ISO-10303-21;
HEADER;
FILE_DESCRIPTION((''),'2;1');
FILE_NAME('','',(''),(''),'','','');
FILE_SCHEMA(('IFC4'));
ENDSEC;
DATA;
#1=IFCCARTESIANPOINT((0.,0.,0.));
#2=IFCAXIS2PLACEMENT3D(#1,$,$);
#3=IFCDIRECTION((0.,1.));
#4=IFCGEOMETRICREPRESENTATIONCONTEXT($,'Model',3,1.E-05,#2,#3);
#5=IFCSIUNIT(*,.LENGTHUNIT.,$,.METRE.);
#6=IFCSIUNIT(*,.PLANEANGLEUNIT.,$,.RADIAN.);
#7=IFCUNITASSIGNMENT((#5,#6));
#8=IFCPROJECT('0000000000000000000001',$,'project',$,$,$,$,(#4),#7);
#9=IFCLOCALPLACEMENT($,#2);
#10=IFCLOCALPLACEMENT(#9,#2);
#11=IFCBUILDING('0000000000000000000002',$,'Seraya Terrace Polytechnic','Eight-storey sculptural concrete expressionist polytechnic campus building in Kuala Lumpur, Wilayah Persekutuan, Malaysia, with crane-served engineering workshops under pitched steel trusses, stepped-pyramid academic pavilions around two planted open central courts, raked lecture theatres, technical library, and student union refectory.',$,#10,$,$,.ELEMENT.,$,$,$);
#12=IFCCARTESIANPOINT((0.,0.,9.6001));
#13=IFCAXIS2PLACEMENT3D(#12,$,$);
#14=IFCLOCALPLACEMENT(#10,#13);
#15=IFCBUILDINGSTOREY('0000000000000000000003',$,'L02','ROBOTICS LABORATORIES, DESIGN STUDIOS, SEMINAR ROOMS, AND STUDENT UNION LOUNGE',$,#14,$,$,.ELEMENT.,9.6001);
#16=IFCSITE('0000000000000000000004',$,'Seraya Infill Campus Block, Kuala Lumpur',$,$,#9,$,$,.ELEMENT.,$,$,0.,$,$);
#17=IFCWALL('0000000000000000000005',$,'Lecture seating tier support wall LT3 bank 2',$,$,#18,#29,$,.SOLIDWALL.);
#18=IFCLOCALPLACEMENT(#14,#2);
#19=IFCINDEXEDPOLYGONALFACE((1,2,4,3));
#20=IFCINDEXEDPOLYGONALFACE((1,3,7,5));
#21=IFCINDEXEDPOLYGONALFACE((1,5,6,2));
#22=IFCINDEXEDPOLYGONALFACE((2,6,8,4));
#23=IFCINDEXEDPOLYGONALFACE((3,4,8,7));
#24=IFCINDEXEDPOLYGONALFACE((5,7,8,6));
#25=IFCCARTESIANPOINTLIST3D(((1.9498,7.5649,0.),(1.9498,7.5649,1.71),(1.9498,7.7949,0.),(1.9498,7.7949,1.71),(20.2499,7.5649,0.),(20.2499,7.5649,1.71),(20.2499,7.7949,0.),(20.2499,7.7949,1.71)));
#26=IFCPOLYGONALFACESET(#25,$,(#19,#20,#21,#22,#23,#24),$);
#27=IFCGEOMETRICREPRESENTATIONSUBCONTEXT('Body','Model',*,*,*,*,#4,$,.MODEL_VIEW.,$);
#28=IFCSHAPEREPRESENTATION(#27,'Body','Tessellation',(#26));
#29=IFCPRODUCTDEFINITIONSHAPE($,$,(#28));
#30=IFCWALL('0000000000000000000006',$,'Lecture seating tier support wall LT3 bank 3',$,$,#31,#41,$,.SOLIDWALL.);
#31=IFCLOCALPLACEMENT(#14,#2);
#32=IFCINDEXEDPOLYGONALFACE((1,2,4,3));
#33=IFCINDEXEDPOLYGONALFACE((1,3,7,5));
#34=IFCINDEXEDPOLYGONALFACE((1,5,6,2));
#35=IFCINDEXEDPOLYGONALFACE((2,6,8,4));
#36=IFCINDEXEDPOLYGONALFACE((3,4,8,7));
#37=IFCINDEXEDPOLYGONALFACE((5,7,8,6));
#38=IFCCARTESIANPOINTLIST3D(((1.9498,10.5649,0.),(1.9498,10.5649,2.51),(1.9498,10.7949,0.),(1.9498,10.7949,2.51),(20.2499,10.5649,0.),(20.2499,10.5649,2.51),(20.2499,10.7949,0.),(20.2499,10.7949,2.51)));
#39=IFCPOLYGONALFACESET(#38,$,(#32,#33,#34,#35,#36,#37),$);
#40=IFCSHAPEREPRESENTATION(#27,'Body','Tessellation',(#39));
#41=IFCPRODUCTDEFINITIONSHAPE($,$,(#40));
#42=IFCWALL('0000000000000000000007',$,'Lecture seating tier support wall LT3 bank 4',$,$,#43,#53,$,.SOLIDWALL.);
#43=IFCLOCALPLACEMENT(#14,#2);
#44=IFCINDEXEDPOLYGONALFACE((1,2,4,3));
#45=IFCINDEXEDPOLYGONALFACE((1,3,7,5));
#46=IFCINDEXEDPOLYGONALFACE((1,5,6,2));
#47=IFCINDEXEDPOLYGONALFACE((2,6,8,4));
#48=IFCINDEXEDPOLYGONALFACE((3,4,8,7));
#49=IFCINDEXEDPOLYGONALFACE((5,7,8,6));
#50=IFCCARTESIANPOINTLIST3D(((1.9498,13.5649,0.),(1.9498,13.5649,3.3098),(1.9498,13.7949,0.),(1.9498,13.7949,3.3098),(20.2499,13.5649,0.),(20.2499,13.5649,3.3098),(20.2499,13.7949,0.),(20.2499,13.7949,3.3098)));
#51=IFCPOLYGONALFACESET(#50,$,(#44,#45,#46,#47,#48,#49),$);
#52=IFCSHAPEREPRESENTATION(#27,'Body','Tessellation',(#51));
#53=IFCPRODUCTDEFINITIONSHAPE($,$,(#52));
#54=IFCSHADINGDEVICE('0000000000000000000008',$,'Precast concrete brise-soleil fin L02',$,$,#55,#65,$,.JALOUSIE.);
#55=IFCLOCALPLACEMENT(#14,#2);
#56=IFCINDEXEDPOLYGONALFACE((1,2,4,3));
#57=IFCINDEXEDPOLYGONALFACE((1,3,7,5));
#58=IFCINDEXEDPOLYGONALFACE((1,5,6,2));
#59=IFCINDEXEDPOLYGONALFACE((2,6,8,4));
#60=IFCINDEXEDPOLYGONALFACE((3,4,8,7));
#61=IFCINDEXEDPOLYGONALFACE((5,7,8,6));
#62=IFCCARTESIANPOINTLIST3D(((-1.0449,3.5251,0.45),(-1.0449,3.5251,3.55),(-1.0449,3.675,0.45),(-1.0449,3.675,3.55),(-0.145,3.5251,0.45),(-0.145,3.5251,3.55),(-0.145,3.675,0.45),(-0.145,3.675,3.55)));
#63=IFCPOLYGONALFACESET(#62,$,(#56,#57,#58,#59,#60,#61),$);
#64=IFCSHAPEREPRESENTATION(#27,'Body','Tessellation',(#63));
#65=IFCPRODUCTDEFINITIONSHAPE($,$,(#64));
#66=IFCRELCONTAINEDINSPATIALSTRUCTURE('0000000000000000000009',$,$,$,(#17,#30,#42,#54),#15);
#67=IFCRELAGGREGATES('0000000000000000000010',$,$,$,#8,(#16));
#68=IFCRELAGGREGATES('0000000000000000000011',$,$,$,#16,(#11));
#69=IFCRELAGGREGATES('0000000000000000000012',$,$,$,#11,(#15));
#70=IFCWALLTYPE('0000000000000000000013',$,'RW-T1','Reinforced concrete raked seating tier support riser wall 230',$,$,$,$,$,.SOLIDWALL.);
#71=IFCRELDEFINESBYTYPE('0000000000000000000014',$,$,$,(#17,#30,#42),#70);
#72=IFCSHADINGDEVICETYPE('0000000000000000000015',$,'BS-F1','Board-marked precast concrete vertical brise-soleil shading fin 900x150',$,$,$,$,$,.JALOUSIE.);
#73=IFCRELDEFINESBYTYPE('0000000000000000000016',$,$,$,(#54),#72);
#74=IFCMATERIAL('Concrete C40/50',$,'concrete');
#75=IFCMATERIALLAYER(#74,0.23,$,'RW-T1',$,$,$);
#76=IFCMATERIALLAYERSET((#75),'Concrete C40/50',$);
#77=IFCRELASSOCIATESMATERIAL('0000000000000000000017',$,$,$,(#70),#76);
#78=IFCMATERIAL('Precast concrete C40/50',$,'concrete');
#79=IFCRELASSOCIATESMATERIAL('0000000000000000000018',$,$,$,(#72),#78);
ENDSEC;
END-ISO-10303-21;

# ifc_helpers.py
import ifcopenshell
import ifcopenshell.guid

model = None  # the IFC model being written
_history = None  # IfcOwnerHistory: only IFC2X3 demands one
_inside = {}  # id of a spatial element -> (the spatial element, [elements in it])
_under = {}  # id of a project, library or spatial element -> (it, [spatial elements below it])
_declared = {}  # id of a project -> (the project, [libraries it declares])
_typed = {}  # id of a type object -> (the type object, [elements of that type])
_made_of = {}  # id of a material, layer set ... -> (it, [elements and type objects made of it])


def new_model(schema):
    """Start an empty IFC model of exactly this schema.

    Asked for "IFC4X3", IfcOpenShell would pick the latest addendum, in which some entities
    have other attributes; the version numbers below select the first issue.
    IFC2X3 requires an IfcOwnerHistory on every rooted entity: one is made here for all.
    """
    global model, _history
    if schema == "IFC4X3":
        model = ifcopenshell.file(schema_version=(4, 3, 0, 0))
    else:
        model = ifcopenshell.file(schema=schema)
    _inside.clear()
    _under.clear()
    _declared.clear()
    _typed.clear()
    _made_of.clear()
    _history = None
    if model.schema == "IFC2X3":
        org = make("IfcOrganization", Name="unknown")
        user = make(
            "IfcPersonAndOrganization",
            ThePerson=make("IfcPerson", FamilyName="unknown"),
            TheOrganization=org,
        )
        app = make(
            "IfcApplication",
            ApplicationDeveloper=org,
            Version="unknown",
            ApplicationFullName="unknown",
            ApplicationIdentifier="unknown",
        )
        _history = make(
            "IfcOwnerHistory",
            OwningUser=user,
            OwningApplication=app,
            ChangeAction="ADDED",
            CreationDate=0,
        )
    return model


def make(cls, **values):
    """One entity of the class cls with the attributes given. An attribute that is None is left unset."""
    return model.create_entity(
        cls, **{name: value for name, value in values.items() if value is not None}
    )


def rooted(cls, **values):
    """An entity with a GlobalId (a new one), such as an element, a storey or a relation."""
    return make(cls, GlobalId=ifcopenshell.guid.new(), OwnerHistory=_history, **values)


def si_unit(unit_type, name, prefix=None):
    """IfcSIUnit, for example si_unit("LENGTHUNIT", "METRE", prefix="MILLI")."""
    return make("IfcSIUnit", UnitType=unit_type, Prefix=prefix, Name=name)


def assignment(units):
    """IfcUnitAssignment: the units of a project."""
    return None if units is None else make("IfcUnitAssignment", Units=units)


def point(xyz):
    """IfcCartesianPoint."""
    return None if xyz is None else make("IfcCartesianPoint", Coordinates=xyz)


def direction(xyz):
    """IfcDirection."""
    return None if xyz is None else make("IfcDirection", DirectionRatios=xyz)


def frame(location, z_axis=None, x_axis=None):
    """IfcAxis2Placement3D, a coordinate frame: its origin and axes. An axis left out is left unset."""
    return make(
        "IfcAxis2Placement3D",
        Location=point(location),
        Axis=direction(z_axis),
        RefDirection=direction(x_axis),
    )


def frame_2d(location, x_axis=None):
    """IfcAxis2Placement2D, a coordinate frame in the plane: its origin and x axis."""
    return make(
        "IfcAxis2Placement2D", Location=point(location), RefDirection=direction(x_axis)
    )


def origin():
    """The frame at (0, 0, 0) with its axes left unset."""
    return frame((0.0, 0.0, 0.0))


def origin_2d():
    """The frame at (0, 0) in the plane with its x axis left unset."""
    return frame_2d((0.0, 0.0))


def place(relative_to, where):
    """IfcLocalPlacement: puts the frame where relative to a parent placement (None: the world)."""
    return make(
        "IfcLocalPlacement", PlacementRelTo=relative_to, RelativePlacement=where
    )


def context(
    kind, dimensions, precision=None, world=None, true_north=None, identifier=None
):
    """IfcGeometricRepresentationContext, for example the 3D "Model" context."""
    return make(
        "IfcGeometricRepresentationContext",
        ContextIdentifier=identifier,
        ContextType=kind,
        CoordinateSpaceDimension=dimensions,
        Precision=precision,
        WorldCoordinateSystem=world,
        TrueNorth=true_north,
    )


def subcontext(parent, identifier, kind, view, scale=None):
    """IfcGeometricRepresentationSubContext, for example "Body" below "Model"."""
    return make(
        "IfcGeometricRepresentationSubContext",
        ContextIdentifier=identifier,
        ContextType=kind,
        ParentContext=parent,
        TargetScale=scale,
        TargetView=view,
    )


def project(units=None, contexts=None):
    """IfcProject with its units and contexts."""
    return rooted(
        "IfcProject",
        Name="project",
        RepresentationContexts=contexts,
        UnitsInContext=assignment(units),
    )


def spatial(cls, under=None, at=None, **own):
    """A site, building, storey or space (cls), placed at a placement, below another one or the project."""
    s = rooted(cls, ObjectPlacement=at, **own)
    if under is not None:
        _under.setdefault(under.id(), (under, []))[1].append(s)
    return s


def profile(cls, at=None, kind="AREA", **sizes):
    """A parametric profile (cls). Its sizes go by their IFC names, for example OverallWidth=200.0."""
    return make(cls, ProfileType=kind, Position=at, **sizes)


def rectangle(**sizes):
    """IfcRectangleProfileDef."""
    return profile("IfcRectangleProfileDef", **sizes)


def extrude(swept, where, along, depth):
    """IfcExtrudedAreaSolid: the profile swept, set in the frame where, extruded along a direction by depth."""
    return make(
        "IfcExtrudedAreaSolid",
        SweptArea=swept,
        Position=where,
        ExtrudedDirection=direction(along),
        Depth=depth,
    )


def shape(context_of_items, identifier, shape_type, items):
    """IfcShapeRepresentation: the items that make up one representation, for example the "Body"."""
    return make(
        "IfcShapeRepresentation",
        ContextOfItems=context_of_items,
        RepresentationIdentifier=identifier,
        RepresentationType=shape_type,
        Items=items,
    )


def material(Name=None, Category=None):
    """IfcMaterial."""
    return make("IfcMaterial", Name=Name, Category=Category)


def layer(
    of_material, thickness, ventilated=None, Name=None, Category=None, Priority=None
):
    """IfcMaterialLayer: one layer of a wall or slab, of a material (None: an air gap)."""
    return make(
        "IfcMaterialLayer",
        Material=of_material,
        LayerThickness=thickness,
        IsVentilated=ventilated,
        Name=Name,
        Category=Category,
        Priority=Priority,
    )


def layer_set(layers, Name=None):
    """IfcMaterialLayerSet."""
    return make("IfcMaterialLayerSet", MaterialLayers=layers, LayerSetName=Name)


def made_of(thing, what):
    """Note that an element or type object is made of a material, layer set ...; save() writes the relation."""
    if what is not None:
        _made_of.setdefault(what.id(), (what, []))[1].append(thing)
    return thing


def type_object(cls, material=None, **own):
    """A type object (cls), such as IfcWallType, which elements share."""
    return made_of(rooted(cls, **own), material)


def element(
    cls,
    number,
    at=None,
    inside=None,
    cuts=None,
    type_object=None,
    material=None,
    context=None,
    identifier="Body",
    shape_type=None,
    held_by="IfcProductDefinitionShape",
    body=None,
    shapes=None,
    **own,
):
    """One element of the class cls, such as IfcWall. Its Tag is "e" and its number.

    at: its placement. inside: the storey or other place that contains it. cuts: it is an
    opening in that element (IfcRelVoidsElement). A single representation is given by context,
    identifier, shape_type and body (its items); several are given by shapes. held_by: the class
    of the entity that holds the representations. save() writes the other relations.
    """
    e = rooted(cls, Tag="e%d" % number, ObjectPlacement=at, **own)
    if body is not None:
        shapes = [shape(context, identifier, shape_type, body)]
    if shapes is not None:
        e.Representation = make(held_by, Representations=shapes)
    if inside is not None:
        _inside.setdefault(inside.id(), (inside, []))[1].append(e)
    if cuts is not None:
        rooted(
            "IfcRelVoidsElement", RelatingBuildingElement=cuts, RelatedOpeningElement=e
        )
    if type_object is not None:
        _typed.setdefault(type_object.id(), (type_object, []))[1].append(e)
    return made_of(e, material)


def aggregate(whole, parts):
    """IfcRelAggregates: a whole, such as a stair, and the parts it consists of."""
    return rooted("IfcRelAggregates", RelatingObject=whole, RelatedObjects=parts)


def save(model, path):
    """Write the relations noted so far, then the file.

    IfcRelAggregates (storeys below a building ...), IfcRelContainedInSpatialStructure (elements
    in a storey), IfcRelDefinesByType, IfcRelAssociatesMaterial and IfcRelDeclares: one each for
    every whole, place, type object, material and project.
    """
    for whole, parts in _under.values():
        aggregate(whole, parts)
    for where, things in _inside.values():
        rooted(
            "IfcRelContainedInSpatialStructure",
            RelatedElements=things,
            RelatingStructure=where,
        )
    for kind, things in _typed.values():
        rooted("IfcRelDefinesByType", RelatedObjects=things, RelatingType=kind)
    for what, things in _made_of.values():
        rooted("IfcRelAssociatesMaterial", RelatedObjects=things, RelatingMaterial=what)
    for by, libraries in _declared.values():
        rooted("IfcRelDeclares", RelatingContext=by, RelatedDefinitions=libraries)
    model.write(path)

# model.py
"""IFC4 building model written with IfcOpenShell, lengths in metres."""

from ifc_helpers import new_model, si_unit, direction, frame, frame_2d, origin, origin_2d, place, context, subcontext, project, spatial, rectangle, extrude, material, layer, layer_set, type_object, element, save


model = new_model("IFC4")

# Units and contexts
model_context = context("Model", 3, precision=1e-05, world=origin(), true_north=direction((0.0, 1.0)))
body_context = subcontext(model_context, "Body", "Model", "MODEL_VIEW")
ifc_project = project(units=[si_unit("LENGTHUNIT", "METRE"), si_unit("PLANEANGLEUNIT", "RADIAN")], contexts=[model_context])

# Site, building, storey
site_placement = place(None, origin())
site = spatial("IfcSite", under=ifc_project, at=site_placement, Name="Seraya Infill Campus Block, Kuala Lumpur", CompositionType="ELEMENT", RefElevation=0.0)
building_placement = place(site_placement, origin())
building = spatial("IfcBuilding", under=site, at=building_placement, Name="Seraya Terrace Polytechnic", Description="Eight-storey sculptural concrete expressionist polytechnic campus building in Kuala Lumpur, Wilayah Persekutuan, Malaysia, with crane-served engineering workshops under pitched steel trusses, stepped-pyramid academic pavilions around two planted open central courts, raked lecture theatres, technical library, and student union refectory.", CompositionType="ELEMENT")
storey_placement = place(building_placement, frame((0.0, 0.0, 9.6001)))
storey = spatial("IfcBuildingStorey", under=building, at=storey_placement, Name="L02", Description="ROBOTICS LABORATORIES, DESIGN STUDIOS, SEMINAR ROOMS, AND STUDENT UNION LOUNGE", CompositionType="ELEMENT", Elevation=9.6001)

# Shared definitions
ifc_material_1 = material(Name="Concrete C40/50", Category="concrete")

# Shared definitions
ifc_material_2 = material(Name="Precast concrete C40/50", Category="concrete")

# Walls
ifc_layer_1 = layer(ifc_material_1, 0.23, Name="RW-T1")
ifc_layer_set_1 = layer_set([ifc_layer_1], Name="Concrete C40/50")
wall_type_1 = type_object("IfcWallType", Name="RW-T1", Description="Reinforced concrete raked seating tier support riser wall 230", PredefinedType="SOLIDWALL", material=ifc_layer_set_1)
wall_1_placement = place(storey_placement, frame((1.95, 7.6799, 0.0), z_axis=(0.0, 0.0, 1.0), x_axis=(1.0, 0.0, 0.0)))
element("IfcWall", 1, at=wall_1_placement, inside=storey, type_object=wall_type_1, Name="Lecture seating tier support wall LT3 bank 2", PredefinedType="SOLIDWALL", context=body_context, shape_type="SweptSolid", body=[
    extrude(rectangle(XDim=18.3, YDim=0.23, at=frame_2d((9.1499, 0.0))), origin(), (0.0, 0.0, 1.0), 1.71),
])
wall_2_placement = place(storey_placement, frame((1.95, 10.6799, 0.0), z_axis=(0.0, 0.0, 1.0), x_axis=(1.0, 0.0, 0.0)))
element("IfcWall", 2, at=wall_2_placement, inside=storey, type_object=wall_type_1, Name="Lecture seating tier support wall LT3 bank 3", PredefinedType="SOLIDWALL", context=body_context, shape_type="SweptSolid", body=[
    extrude(rectangle(XDim=18.3, YDim=0.23, at=frame_2d((9.1499, 0.0))), origin(), (0.0, 0.0, 1.0), 2.51),
])
wall_3_placement = place(storey_placement, frame((1.95, 13.6799, 0.0), z_axis=(0.0, 0.0, 1.0), x_axis=(1.0, 0.0, 0.0)))
element("IfcWall", 3, at=wall_3_placement, inside=storey, type_object=wall_type_1, Name="Lecture seating tier support wall LT3 bank 4", PredefinedType="SOLIDWALL", context=body_context, shape_type="SweptSolid", body=[
    extrude(rectangle(XDim=18.3, YDim=0.23, at=frame_2d((9.1499, 0.0))), origin(), (0.0, 0.0, 1.0), 3.3098),
])

# Shading device
shading_device_type = type_object("IfcShadingDeviceType", Name="BS-F1", Description="Board-marked precast concrete vertical brise-soleil shading fin 900x150", PredefinedType="JALOUSIE", material=ifc_material_2)
shading_device_placement = place(storey_placement, frame((-0.595, 3.6001, 0.45), z_axis=(0.0, 0.0, 1.0), x_axis=(-1.0, 0.0, 0.0)))
element("IfcShadingDevice", 4, at=shading_device_placement, inside=storey, type_object=shading_device_type, Name="Precast concrete brise-soleil fin L02", PredefinedType="JALOUSIE", context=body_context, shape_type="SweptSolid", body=[
    extrude(rectangle(XDim=0.8999, YDim=0.1499, at=origin_2d()), origin(), (0.0, 0.0, 1.0), 3.1001),
])

save(model, "model.ifc")
